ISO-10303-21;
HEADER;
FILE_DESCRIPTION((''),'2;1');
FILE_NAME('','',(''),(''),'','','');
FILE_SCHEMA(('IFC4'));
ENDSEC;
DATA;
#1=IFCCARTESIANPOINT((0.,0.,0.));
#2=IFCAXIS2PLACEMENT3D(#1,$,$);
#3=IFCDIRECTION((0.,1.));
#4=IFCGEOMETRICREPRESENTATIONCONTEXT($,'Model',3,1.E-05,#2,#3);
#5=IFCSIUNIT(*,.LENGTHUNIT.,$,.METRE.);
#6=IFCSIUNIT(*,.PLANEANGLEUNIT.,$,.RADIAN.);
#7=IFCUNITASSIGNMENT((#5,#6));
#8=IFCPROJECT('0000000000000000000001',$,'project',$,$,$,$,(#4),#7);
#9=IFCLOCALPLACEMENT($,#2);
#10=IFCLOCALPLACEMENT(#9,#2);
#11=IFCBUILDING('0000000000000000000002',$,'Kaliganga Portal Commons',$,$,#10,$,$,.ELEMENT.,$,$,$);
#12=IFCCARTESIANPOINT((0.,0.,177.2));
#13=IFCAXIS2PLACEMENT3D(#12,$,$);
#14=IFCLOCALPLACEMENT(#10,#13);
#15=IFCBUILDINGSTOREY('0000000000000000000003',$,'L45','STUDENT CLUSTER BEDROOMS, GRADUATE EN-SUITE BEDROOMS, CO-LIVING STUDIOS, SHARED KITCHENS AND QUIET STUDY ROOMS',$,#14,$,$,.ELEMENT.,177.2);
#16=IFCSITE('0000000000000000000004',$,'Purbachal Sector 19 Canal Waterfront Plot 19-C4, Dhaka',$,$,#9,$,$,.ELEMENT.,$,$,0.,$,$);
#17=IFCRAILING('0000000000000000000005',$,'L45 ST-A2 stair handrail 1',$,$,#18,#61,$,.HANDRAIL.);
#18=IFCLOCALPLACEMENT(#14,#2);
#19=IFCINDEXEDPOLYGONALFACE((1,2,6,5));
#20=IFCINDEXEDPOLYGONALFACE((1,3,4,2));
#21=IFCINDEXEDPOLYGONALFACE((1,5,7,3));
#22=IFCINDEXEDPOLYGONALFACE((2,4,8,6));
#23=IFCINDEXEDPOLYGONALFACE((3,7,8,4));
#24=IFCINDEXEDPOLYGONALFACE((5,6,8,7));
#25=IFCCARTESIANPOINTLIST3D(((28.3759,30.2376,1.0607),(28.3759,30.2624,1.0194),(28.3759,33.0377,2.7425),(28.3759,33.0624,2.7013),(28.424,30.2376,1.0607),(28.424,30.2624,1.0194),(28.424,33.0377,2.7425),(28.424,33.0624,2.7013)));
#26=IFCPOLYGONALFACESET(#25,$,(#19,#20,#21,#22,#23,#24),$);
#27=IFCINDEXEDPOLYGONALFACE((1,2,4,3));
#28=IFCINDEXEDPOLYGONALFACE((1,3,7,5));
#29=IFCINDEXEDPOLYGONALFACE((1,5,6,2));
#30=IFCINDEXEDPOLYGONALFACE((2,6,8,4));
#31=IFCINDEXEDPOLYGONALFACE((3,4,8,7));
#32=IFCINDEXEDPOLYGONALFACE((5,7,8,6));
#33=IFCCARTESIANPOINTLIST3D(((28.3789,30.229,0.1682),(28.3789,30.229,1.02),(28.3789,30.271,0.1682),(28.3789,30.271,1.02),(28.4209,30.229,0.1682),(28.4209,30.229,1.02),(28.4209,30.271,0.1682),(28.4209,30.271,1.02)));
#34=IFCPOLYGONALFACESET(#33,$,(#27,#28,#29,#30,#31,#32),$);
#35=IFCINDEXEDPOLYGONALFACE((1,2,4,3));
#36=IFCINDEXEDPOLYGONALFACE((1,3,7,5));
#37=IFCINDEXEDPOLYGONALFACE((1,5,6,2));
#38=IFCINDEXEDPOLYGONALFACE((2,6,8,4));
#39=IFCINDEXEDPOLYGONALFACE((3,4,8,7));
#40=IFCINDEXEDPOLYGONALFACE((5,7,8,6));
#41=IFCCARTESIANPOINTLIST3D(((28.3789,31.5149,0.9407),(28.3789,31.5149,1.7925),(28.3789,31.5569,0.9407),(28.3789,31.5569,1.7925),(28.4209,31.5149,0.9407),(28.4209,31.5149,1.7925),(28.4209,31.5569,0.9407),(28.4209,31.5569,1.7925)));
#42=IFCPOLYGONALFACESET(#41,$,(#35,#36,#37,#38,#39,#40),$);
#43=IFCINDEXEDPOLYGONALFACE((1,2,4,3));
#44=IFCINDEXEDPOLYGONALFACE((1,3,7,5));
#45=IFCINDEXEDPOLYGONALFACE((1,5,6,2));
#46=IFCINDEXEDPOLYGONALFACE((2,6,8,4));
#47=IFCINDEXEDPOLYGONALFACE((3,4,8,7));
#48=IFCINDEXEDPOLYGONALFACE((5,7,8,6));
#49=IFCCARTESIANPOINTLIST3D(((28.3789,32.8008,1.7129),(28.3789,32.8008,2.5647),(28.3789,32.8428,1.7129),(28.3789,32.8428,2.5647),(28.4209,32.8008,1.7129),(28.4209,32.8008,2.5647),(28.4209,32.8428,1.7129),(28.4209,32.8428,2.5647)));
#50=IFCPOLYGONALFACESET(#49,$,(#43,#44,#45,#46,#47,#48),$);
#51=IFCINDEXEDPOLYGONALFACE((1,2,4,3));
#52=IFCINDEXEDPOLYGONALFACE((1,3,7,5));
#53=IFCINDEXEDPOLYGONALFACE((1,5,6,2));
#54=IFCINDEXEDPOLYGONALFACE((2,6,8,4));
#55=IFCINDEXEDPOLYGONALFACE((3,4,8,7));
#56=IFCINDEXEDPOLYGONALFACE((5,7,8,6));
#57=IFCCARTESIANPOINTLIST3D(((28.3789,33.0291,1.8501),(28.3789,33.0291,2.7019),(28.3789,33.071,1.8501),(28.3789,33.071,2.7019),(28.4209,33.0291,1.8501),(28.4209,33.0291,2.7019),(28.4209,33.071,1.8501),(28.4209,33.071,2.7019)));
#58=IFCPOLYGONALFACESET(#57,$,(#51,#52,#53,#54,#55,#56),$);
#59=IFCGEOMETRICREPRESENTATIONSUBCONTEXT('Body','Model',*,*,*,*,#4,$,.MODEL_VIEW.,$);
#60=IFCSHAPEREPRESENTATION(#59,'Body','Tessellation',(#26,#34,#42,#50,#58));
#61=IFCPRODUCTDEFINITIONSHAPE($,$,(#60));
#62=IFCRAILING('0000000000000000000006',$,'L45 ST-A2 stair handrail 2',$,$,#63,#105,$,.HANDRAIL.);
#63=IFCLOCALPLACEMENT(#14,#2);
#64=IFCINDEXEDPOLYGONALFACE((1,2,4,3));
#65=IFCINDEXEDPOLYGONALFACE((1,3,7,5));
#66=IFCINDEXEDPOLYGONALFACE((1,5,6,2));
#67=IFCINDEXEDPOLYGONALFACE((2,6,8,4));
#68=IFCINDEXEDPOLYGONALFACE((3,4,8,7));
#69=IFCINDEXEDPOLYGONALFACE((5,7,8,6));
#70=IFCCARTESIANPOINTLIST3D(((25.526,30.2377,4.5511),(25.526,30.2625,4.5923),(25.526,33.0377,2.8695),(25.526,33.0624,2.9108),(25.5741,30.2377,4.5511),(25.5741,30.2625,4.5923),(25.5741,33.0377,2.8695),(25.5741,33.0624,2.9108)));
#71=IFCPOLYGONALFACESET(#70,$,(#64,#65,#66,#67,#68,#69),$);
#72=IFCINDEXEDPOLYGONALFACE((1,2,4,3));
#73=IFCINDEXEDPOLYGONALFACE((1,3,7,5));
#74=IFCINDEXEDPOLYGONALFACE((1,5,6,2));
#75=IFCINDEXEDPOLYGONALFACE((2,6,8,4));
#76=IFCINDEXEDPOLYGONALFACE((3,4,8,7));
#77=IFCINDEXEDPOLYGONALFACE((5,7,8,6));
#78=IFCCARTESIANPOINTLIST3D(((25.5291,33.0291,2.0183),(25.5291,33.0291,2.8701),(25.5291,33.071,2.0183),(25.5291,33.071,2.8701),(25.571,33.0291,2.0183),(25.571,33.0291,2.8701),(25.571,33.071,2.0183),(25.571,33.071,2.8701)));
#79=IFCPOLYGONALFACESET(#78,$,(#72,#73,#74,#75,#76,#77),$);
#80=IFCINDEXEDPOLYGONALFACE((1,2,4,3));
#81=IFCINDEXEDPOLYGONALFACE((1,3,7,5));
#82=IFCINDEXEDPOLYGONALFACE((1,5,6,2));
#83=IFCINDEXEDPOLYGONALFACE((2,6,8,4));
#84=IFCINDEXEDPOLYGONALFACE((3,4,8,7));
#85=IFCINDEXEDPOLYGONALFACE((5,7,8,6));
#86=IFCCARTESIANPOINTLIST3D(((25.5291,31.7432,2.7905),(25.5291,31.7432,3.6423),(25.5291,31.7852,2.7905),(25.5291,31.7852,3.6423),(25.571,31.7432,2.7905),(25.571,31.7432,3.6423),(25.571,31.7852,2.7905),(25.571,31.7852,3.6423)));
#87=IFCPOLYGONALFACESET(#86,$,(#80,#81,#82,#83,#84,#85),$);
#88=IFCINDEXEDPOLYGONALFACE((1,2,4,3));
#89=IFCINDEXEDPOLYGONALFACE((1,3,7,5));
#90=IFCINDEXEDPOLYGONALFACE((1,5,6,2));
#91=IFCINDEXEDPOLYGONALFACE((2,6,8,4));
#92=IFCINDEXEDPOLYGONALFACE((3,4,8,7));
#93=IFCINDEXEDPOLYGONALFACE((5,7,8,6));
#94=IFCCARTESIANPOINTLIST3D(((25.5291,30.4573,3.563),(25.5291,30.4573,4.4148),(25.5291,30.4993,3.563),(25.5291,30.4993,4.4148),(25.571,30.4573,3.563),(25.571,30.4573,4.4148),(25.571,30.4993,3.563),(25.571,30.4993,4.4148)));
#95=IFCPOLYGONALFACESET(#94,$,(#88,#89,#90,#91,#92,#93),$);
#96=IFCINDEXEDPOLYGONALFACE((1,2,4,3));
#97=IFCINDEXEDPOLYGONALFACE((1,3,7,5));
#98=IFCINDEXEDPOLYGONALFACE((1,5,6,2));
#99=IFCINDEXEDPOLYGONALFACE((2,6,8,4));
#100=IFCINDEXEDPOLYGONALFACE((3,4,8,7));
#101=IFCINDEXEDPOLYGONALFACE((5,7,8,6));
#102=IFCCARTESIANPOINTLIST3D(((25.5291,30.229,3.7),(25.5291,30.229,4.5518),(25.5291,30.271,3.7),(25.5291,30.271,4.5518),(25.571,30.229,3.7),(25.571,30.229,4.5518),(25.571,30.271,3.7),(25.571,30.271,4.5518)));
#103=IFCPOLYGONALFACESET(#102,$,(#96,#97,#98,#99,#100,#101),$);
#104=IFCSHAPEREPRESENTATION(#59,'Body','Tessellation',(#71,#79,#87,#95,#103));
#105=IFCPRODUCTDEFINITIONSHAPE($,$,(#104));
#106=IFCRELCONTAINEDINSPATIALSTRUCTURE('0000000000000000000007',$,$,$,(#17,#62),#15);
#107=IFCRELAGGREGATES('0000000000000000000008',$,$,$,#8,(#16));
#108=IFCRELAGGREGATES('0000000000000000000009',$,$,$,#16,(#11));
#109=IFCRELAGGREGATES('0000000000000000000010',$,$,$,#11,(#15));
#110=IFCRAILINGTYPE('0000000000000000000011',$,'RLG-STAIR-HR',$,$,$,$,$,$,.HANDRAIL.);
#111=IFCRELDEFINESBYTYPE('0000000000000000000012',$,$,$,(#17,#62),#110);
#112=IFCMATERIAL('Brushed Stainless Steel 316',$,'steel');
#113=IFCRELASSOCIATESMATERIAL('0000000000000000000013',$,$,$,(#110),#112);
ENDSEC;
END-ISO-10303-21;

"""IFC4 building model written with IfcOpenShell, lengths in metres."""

from ifc_helpers import new_model, si_unit, direction, frame, origin, origin_2d, place, context, subcontext, project, spatial, rectangle, extrude, material, type_object, element, save


model = new_model("IFC4")

# Units and contexts
model_context = context("Model", 3, precision=1e-05, world=origin(), true_north=direction((0.0, 1.0)))
body_context = subcontext(model_context, "Body", "Model", "MODEL_VIEW")
ifc_project = project(units=[si_unit("LENGTHUNIT", "METRE"), si_unit("PLANEANGLEUNIT", "RADIAN")], contexts=[model_context])

# Site, building, storey
site_placement = place(None, origin())
site = spatial("IfcSite", under=ifc_project, at=site_placement, Name="Purbachal Sector 19 Canal Waterfront Plot 19-C4, Dhaka", CompositionType="ELEMENT", RefElevation=0.0)
building_placement = place(site_placement, origin())
building = spatial("IfcBuilding", under=site, at=building_placement, Name="Kaliganga Portal Commons", CompositionType="ELEMENT")
storey_placement = place(building_placement, frame((0.0, 0.0, 177.2)))
storey = spatial("IfcBuildingStorey", under=building, at=storey_placement, Name="L45", Description="STUDENT CLUSTER BEDROOMS, GRADUATE EN-SUITE BEDROOMS, CO-LIVING STUDIOS, SHARED KITCHENS AND QUIET STUDY ROOMS", CompositionType="ELEMENT", Elevation=177.2)

# Railings
ifc_material_1 = material(Name="Brushed Stainless Steel 316", Category="steel")
railing_type_1 = type_object("IfcRailingType", Name="RLG-STAIR-HR", PredefinedType="HANDRAIL", material=ifc_material_1)
railing_1_placement = place(storey_placement, frame((28.3999, 30.25, 0.1682)))
element("IfcRailing", 1, at=railing_1_placement, inside=storey, type_object=railing_type_1, Name="L45 ST-A2 stair handrail 1", PredefinedType="HANDRAIL", context=body_context, shape_type="SweptSolid", body=[
    extrude(rectangle(XDim=0.0481, YDim=0.0481, at=origin_2d()), frame((0.0, 0.0, 0.8718), z_axis=(0.0, 0.857242, 0.514913), x_axis=(-1.0, 0.0, 0.0)), (0.0, 0.0, 1.0), 3.2664),
    extrude(rectangle(XDim=0.042, YDim=0.042, at=origin_2d()), origin(), (0.0, 0.0, 1.0), 0.8518),
    extrude(rectangle(XDim=0.042, YDim=0.042, at=origin_2d()), frame((0.0, 1.2859, 0.7725)), (0.0, 0.0, 1.0), 0.8518),
    extrude(rectangle(XDim=0.042, YDim=0.042, at=origin_2d()), frame((0.0, 2.5718, 1.5447)), (0.0, 0.0, 1.0), 0.8518),
    extrude(rectangle(XDim=0.042, YDim=0.042, at=origin_2d()), frame((0.0, 2.8, 1.6819)), (0.0, 0.0, 1.0), 0.8518),
])
railing_2_placement = place(storey_placement, frame((25.55, 33.05, 2.0183)))
element("IfcRailing", 2, at=railing_2_placement, inside=storey, type_object=railing_type_1, Name="L45 ST-A2 stair handrail 2", PredefinedType="HANDRAIL", context=body_context, shape_type="SweptSolid", body=[
    extrude(rectangle(XDim=0.0481, YDim=0.0481, at=origin_2d()), frame((0.0, 0.0, 0.8718), z_axis=(0.0, -0.857275, 0.514858), x_axis=(1.0, 0.0, 0.0)), (0.0, 0.0, 1.0), 3.2661),
    extrude(rectangle(XDim=0.042, YDim=0.042, at=origin_2d()), origin(), (0.0, 0.0, 1.0), 0.8518),
    extrude(rectangle(XDim=0.042, YDim=0.042, at=origin_2d()), frame((0.0, -1.2859, 0.7722)), (0.0, 0.0, 1.0), 0.8518),
    extrude(rectangle(XDim=0.042, YDim=0.042, at=origin_2d()), frame((0.0, -2.5718, 1.5447)), (0.0, 0.0, 1.0), 0.8518),
    extrude(rectangle(XDim=0.042, YDim=0.042, at=origin_2d()), frame((0.0, -2.8, 1.6816)), (0.0, 0.0, 1.0), 0.8518),
])

save(model, "model.ifc")
